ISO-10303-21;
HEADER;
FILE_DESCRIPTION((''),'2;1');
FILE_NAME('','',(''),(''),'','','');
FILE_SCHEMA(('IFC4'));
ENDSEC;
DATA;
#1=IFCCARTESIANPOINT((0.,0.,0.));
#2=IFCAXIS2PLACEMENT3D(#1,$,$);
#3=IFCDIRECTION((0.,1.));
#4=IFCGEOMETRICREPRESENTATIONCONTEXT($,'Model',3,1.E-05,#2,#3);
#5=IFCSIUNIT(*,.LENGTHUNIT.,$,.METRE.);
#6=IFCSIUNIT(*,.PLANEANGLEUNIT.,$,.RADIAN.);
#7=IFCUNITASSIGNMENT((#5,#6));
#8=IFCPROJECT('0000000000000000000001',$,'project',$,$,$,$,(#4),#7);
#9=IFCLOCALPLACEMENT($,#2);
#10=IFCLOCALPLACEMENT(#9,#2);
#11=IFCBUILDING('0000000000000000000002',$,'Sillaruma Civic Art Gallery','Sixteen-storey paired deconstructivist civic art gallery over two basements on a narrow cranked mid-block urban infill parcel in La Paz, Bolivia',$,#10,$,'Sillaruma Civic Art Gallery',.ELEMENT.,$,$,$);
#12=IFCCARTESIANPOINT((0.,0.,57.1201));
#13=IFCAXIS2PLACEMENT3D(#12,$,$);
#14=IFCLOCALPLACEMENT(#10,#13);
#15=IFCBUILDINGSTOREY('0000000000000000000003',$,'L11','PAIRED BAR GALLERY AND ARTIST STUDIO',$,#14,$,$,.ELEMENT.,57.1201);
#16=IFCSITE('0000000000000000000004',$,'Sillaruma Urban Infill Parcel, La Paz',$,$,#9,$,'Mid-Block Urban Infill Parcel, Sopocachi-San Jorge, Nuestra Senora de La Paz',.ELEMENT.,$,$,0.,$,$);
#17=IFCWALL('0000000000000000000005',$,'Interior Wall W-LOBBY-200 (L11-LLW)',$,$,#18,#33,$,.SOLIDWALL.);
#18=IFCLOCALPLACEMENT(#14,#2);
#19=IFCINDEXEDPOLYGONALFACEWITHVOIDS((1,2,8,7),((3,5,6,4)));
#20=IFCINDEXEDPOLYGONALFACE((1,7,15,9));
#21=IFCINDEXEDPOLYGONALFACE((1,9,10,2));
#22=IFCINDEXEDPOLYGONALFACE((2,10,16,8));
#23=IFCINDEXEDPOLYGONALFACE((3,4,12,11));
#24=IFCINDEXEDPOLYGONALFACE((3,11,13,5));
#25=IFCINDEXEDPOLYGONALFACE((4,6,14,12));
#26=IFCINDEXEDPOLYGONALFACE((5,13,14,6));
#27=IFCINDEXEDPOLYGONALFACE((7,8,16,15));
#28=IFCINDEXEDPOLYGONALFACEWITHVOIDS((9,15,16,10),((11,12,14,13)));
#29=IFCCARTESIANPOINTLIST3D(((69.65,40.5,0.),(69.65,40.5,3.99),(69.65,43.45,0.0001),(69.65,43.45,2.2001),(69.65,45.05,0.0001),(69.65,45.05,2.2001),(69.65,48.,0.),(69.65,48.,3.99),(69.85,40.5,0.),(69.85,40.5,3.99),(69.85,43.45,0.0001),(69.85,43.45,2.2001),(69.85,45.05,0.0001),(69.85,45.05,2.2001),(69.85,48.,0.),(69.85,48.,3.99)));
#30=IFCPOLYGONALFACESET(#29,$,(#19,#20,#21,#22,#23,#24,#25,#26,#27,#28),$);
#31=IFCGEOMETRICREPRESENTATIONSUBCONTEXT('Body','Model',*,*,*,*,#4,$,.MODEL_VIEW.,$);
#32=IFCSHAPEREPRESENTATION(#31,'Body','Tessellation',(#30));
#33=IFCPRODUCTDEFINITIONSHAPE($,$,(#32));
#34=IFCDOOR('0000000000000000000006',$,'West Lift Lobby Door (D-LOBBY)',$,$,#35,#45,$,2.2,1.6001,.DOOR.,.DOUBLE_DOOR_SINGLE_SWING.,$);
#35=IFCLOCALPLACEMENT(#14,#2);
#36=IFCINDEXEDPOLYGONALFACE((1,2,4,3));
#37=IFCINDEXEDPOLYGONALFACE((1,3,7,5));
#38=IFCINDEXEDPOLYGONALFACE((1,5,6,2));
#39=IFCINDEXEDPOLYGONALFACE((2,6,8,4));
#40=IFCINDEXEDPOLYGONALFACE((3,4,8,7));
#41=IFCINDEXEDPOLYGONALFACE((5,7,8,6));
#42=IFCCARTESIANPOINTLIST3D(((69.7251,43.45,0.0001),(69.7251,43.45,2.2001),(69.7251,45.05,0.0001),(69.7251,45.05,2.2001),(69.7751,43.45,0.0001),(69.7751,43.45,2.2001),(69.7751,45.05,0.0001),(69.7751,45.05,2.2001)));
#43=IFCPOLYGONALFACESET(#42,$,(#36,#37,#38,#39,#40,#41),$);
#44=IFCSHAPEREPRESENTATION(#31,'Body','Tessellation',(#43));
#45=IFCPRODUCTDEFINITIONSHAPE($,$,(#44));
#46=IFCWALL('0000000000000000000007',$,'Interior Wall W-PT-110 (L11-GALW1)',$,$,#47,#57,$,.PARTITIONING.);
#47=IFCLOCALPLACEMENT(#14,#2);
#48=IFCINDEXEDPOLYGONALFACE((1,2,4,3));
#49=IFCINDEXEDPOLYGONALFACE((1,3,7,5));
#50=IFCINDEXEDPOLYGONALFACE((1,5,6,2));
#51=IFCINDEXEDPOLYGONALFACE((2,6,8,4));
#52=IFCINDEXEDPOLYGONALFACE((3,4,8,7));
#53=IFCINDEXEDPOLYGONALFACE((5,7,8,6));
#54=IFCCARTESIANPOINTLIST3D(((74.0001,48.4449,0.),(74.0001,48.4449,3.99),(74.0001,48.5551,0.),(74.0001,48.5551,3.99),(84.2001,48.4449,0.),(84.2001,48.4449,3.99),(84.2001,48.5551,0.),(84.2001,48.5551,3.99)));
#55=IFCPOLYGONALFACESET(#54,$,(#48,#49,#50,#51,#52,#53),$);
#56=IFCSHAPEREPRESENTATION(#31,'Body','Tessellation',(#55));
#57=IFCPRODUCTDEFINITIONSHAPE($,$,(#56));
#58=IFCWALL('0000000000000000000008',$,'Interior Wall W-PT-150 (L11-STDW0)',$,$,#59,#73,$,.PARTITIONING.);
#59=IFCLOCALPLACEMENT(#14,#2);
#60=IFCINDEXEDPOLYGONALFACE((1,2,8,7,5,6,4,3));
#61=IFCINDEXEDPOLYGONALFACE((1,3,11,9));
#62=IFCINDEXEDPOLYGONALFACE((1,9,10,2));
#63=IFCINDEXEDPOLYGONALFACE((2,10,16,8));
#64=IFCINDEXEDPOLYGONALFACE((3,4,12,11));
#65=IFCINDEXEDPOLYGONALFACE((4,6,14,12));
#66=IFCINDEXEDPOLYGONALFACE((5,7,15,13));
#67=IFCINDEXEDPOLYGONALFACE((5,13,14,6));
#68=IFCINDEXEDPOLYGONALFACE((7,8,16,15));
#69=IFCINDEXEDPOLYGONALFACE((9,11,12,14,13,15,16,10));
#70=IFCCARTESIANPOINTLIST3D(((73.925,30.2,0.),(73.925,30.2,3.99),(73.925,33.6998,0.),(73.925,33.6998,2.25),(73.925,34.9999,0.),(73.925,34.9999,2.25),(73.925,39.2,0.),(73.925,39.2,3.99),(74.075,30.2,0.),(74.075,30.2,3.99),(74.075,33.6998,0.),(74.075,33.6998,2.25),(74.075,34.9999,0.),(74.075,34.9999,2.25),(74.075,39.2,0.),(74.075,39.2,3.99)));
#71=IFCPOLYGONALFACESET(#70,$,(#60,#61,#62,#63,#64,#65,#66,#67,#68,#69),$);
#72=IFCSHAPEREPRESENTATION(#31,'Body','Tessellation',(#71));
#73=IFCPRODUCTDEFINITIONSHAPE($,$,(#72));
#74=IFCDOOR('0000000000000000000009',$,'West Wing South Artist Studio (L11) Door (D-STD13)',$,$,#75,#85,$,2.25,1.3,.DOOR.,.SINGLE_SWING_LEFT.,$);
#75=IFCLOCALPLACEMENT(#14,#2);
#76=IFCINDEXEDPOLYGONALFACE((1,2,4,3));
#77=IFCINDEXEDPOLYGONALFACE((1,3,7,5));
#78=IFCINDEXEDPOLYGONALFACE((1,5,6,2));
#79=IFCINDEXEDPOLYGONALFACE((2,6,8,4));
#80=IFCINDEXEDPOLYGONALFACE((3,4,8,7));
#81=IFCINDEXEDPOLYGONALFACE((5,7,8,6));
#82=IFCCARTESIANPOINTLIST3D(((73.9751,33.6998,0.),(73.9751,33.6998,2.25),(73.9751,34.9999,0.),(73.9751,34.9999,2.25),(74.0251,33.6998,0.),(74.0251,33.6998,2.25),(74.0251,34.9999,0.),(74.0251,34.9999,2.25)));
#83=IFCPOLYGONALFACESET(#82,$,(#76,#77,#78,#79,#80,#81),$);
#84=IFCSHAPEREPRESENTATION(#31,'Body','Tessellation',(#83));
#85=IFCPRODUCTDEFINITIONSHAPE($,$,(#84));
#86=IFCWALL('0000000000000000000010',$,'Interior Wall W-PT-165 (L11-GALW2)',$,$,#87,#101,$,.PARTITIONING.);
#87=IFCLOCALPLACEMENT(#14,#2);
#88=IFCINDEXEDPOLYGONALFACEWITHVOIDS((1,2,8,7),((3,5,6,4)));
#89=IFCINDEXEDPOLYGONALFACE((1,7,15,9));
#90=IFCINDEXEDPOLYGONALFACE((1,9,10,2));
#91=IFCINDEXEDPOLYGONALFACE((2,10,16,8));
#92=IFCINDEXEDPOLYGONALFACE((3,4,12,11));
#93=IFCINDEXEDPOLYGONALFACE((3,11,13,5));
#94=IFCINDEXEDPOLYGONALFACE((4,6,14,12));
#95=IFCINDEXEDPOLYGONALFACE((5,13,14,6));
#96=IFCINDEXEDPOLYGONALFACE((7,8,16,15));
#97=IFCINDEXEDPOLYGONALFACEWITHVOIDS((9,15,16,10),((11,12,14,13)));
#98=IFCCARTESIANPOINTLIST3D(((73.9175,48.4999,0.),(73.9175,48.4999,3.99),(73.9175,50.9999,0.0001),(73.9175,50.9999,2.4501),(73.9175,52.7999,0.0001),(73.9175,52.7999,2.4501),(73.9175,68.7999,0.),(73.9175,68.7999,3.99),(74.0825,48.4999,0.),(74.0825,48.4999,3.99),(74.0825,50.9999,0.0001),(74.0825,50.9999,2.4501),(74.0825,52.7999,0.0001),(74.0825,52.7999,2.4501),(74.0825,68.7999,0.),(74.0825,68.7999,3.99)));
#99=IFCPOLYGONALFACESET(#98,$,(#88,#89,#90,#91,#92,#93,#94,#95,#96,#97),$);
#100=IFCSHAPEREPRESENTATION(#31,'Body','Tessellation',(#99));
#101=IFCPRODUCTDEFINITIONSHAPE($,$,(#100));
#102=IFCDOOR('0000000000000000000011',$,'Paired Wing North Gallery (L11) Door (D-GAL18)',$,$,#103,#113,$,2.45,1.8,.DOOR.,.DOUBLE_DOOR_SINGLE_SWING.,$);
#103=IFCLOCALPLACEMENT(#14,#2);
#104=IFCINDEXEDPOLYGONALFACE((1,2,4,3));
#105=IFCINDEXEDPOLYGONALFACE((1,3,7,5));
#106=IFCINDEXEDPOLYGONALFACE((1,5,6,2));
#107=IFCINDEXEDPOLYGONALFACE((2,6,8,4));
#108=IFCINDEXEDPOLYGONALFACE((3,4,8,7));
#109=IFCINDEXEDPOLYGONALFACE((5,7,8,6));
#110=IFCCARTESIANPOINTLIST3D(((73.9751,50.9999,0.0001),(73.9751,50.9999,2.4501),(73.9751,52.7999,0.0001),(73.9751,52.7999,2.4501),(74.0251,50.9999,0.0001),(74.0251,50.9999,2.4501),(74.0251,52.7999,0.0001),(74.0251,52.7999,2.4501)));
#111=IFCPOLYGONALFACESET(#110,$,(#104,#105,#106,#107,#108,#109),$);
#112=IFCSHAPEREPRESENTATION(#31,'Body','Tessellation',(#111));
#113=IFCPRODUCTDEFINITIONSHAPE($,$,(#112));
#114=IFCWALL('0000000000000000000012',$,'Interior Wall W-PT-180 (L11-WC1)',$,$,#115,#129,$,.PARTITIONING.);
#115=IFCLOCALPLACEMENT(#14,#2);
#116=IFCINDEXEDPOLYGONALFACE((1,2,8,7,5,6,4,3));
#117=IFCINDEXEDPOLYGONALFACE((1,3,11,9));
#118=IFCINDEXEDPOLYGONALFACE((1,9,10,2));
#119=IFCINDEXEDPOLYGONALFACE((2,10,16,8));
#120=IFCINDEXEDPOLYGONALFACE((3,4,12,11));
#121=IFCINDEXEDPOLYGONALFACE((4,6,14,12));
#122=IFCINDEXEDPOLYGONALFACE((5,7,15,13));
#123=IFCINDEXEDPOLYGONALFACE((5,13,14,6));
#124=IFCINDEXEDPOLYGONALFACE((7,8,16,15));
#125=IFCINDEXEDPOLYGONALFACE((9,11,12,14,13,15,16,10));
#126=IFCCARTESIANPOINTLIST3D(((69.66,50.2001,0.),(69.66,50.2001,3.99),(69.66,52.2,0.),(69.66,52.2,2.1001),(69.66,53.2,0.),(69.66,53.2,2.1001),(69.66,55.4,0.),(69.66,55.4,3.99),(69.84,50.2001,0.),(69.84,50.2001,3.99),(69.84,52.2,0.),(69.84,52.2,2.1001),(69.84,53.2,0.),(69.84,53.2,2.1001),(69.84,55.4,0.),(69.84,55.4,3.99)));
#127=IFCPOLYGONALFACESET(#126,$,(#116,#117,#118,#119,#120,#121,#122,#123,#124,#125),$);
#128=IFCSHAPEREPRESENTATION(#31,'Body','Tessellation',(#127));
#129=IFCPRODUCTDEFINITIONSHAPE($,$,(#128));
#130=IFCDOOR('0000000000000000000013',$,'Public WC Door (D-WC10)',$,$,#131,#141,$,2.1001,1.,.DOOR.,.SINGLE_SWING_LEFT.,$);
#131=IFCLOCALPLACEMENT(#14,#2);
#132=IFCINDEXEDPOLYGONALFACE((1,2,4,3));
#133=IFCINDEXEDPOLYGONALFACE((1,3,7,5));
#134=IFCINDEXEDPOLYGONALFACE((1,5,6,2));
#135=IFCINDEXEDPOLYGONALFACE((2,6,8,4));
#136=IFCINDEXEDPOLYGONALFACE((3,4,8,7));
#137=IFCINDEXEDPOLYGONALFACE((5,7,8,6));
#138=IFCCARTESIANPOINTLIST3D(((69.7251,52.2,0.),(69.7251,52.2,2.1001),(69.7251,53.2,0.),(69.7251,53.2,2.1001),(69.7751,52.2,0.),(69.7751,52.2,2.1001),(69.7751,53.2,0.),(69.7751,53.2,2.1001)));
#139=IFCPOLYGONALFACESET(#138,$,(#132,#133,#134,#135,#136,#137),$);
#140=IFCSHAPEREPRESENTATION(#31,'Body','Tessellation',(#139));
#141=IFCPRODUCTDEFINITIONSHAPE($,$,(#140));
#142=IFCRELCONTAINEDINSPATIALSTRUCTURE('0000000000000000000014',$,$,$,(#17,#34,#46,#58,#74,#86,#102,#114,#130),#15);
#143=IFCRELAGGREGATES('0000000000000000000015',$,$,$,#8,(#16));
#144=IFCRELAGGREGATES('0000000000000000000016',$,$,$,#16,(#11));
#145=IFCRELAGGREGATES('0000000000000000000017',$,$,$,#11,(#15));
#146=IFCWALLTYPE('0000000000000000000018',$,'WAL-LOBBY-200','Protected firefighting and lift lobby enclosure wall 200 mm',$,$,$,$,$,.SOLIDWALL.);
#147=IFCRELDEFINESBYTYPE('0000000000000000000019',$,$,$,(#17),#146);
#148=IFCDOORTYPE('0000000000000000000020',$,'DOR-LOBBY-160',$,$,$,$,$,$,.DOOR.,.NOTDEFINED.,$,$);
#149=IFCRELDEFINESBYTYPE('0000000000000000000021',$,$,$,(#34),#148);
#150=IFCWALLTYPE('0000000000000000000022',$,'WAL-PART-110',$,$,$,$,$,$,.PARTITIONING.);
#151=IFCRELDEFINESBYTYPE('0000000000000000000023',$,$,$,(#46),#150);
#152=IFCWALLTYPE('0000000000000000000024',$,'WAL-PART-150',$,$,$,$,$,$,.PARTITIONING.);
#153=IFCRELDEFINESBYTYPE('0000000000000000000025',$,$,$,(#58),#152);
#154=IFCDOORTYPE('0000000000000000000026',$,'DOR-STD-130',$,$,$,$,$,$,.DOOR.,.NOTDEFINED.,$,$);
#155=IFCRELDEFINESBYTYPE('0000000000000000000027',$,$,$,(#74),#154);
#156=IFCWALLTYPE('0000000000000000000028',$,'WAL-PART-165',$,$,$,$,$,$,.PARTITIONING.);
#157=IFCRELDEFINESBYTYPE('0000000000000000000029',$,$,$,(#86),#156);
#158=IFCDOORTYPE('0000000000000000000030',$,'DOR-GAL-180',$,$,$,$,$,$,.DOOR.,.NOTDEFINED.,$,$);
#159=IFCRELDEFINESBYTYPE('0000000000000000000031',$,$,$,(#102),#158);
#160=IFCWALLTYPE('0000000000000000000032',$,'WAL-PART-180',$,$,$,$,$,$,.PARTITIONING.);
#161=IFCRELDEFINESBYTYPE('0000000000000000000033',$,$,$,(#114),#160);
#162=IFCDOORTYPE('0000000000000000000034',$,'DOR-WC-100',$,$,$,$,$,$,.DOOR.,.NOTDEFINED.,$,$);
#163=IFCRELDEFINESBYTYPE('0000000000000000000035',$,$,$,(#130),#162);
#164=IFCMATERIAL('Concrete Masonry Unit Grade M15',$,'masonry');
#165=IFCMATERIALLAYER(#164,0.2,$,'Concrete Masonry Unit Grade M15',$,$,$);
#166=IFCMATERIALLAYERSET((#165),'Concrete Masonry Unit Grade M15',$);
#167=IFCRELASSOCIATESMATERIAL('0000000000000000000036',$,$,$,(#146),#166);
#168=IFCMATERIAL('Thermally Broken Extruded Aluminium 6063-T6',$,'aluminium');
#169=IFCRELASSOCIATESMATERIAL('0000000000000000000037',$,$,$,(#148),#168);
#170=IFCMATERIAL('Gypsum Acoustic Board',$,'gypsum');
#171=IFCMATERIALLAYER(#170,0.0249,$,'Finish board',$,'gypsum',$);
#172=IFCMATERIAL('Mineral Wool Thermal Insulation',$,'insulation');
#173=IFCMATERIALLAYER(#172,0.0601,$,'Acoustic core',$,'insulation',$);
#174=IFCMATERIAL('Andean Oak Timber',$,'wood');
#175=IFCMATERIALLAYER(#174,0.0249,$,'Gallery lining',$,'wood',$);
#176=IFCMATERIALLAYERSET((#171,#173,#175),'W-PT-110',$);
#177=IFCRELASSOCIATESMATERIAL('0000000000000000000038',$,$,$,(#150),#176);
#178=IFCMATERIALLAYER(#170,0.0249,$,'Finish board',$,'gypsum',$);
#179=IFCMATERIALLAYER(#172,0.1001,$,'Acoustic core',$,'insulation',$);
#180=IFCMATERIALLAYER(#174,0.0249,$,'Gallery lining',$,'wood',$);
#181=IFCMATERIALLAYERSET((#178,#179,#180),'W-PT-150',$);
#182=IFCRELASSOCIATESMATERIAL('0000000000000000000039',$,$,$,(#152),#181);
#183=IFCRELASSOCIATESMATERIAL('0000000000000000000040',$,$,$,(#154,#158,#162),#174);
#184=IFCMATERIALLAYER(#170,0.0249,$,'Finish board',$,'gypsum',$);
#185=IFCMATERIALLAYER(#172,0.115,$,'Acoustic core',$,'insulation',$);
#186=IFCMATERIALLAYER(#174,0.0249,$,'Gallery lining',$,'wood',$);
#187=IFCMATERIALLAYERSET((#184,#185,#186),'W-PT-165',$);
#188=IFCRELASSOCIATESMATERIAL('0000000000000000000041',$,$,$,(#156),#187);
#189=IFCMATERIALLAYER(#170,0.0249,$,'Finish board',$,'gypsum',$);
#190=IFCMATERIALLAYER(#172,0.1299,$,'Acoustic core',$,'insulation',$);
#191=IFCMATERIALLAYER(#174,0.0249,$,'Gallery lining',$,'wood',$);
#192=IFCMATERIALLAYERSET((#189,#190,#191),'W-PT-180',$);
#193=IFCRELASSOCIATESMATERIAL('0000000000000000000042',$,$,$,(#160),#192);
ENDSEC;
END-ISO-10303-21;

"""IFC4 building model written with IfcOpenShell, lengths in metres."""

from ifc_helpers import new_model, si_unit, direction, frame, frame_2d, origin, place, context, subcontext, project, spatial, rectangle, extrude, material, layer, layer_set, type_object, element, fill, save


model = new_model("IFC4")

# Units and contexts
model_context = context("Model", 3, precision=1e-05, world=origin(), true_north=direction((0.0, 1.0)))
body_context = subcontext(model_context, "Body", "Model", "MODEL_VIEW")
ifc_project = project(units=[si_unit("LENGTHUNIT", "METRE"), si_unit("PLANEANGLEUNIT", "RADIAN")], contexts=[model_context])

# Site, building, storey
site_placement = place(None, origin())
site = spatial("IfcSite", under=ifc_project, at=site_placement, Name="Sillaruma Urban Infill Parcel, La Paz", LongName="Mid-Block Urban Infill Parcel, Sopocachi-San Jorge, Nuestra Senora de La Paz", CompositionType="ELEMENT", RefElevation=0.0)
building_placement = place(site_placement, origin())
building = spatial("IfcBuilding", under=site, at=building_placement, Name="Sillaruma Civic Art Gallery", Description="Sixteen-storey paired deconstructivist civic art gallery over two basements on a narrow cranked mid-block urban infill parcel in La Paz, Bolivia", LongName="Sillaruma Civic Art Gallery", CompositionType="ELEMENT")
storey_placement = place(building_placement, frame((0.0, 0.0, 57.1201)))
storey = spatial("IfcBuildingStorey", under=building, at=storey_placement, Name="L11", Description="PAIRED BAR GALLERY AND ARTIST STUDIO", CompositionType="ELEMENT", Elevation=57.1201)

# Wall, opening, door
ifc_material_1 = material(Name="Concrete Masonry Unit Grade M15", Category="masonry")
ifc_layer_1 = layer(ifc_material_1, 0.2, Name="Concrete Masonry Unit Grade M15")
ifc_layer_set_1 = layer_set([ifc_layer_1], Name="Concrete Masonry Unit Grade M15")
wall_type_1 = type_object("IfcWallType", Name="WAL-LOBBY-200", Description="Protected firefighting and lift lobby enclosure wall 200 mm", PredefinedType="SOLIDWALL", material=ifc_layer_set_1)
wall_1_placement = place(storey_placement, frame((69.75, 40.5, 0.0), z_axis=(0.0, 0.0, 1.0), x_axis=(0.0, 1.0, 0.0)))
wall_1 = element("IfcWall", 1, at=wall_1_placement, inside=storey, type_object=wall_type_1, Name="Interior Wall W-LOBBY-200 (L11-LLW)", PredefinedType="SOLIDWALL", context=body_context, shape_type="SweptSolid", body=[
    extrude(rectangle(XDim=7.5, YDim=0.2, at=frame_2d((3.75, 0.0))), origin(), (0.0, 0.0, 1.0), 3.99),
])
opening_1_placement = place(wall_1_placement, frame((2.95, 0.0, 0.0)))
opening_1 = element("IfcOpeningElement", 2, at=opening_1_placement, cuts=wall_1, PredefinedType="OPENING", context=body_context, shape_type="SweptSolid", body=[
    extrude(rectangle(XDim=1.6001, YDim=2.2, at=frame_2d((0.8, 1.1001))), frame((0.0, 0.1099, 0.0), z_axis=(0.0, -1.0, 0.0), x_axis=(1.0, 0.0, 0.0)), (0.0, 0.0, 1.0), 0.22),
])
ifc_material_2 = material(Name="Thermally Broken Extruded Aluminium 6063-T6", Category="aluminium")
door_type_1 = type_object("IfcDoorType", Name="DOR-LOBBY-160", OperationType="NOTDEFINED", PredefinedType="DOOR", material=ifc_material_2)
door_1_placement = place(opening_1_placement, origin())
door_1 = element("IfcDoor", 3, at=door_1_placement, inside=storey, type_object=door_type_1, Name="West Lift Lobby Door (D-LOBBY)", OperationType="DOUBLE_DOOR_SINGLE_SWING", OverallHeight=2.2, OverallWidth=1.6001, PredefinedType="DOOR", context=body_context, shape_type="SweptSolid", body=[
    extrude(rectangle(XDim=1.6001, YDim=2.2, at=frame_2d((0.8, 1.1001))), frame((0.0, 0.0249, 0.0), z_axis=(0.0, -1.0, 0.0), x_axis=(1.0, 0.0, 0.0)), (0.0, 0.0, 1.0), 0.05),
])
fill(opening_1, door_1)

# Wall
ifc_material_3 = material(Name="Gypsum Acoustic Board", Category="gypsum")
ifc_layer_2 = layer(ifc_material_3, 0.0249, Name="Finish board", Category="gypsum")
ifc_material_4 = material(Name="Mineral Wool Thermal Insulation", Category="insulation")
ifc_layer_3 = layer(ifc_material_4, 0.0601, Name="Acoustic core", Category="insulation")
ifc_material_5 = material(Name="Andean Oak Timber", Category="wood")
ifc_layer_4 = layer(ifc_material_5, 0.0249, Name="Gallery lining", Category="wood")
ifc_layer_set_2 = layer_set([ifc_layer_2, ifc_layer_3, ifc_layer_4], Name="W-PT-110")
wall_type_2 = type_object("IfcWallType", Name="WAL-PART-110", PredefinedType="PARTITIONING", material=ifc_layer_set_2)
wall_2_placement = place(storey_placement, frame((74.0, 48.5, 0.0), z_axis=(0.0, 0.0, 1.0), x_axis=(1.0, 0.0, 0.0)))
element("IfcWall", 4, at=wall_2_placement, inside=storey, type_object=wall_type_2, Name="Interior Wall W-PT-110 (L11-GALW1)", PredefinedType="PARTITIONING", context=body_context, shape_type="SweptSolid", body=[
    extrude(rectangle(XDim=10.2, YDim=0.1101, at=frame_2d((5.1001, 0.0))), origin(), (0.0, 0.0, 1.0), 3.99),
])

# Walls, openings, doors
ifc_layer_5 = layer(ifc_material_3, 0.0249, Name="Finish board", Category="gypsum")
ifc_layer_6 = layer(ifc_material_4, 0.1001, Name="Acoustic core", Category="insulation")
ifc_layer_7 = layer(ifc_material_5, 0.0249, Name="Gallery lining", Category="wood")
ifc_layer_set_3 = layer_set([ifc_layer_5, ifc_layer_6, ifc_layer_7], Name="W-PT-150")
wall_type_3 = type_object("IfcWallType", Name="WAL-PART-150", PredefinedType="PARTITIONING", material=ifc_layer_set_3)
wall_3_placement = place(storey_placement, frame((74.0, 30.2, 0.0), z_axis=(0.0, 0.0, 1.0), x_axis=(0.0, 1.0, 0.0)))
wall_3 = element("IfcWall", 5, at=wall_3_placement, inside=storey, type_object=wall_type_3, Name="Interior Wall W-PT-150 (L11-STDW0)", PredefinedType="PARTITIONING", context=body_context, shape_type="SweptSolid", body=[
    extrude(rectangle(XDim=9.0, YDim=0.1499, at=frame_2d((4.5, 0.0))), origin(), (0.0, 0.0, 1.0), 3.99),
])
opening_2_placement = place(wall_3_placement, frame((3.5, 0.0, 0.0)))
opening_2 = element("IfcOpeningElement", 6, at=opening_2_placement, cuts=wall_3, PredefinedType="OPENING", context=body_context, shape_type="SweptSolid", body=[
    extrude(rectangle(XDim=1.3, YDim=2.25, at=frame_2d((0.6499, 1.125))), frame((0.0, 0.085, 0.0), z_axis=(0.0, -1.0, 0.0), x_axis=(1.0, 0.0, 0.0)), (0.0, 0.0, 1.0), 0.1699),
])
door_type_2 = type_object("IfcDoorType", Name="DOR-STD-130", OperationType="NOTDEFINED", PredefinedType="DOOR", material=ifc_material_5)
door_2_placement = place(opening_2_placement, origin())
door_2 = element("IfcDoor", 7, at=door_2_placement, inside=storey, type_object=door_type_2, Name="West Wing South Artist Studio (L11) Door (D-STD13)", OperationType="SINGLE_SWING_LEFT", OverallHeight=2.25, OverallWidth=1.3, PredefinedType="DOOR", context=body_context, shape_type="SweptSolid", body=[
    extrude(rectangle(XDim=1.3, YDim=2.25, at=frame_2d((0.6499, 1.125))), frame((0.0, 0.0249, 0.0), z_axis=(0.0, -1.0, 0.0), x_axis=(1.0, 0.0, 0.0)), (0.0, 0.0, 1.0), 0.05),
])
fill(opening_2, door_2)
ifc_layer_8 = layer(ifc_material_3, 0.0249, Name="Finish board", Category="gypsum")
ifc_layer_9 = layer(ifc_material_4, 0.115, Name="Acoustic core", Category="insulation")
ifc_layer_10 = layer(ifc_material_5, 0.0249, Name="Gallery lining", Category="wood")
ifc_layer_set_4 = layer_set([ifc_layer_8, ifc_layer_9, ifc_layer_10], Name="W-PT-165")
wall_type_4 = type_object("IfcWallType", Name="WAL-PART-165", PredefinedType="PARTITIONING", material=ifc_layer_set_4)
wall_4_placement = place(storey_placement, frame((74.0, 48.5, 0.0), z_axis=(0.0, 0.0, 1.0), x_axis=(0.0, 1.0, 0.0)))
wall_4 = element("IfcWall", 8, at=wall_4_placement, inside=storey, type_object=wall_type_4, Name="Interior Wall W-PT-165 (L11-GALW2)", PredefinedType="PARTITIONING", context=body_context, shape_type="SweptSolid", body=[
    extrude(rectangle(XDim=20.3, YDim=0.165, at=frame_2d((10.1499, 0.0))), origin(), (0.0, 0.0, 1.0), 3.99),
])
opening_3_placement = place(wall_4_placement, frame((2.5, 0.0, 0.0)))
opening_3 = element("IfcOpeningElement", 9, at=opening_3_placement, cuts=wall_4, PredefinedType="OPENING", context=body_context, shape_type="SweptSolid", body=[
    extrude(rectangle(XDim=1.8, YDim=2.45, at=frame_2d((0.8999, 1.2251))), frame((0.0, 0.0925, 0.0), z_axis=(0.0, -1.0, 0.0), x_axis=(1.0, 0.0, 0.0)), (0.0, 0.0, 1.0), 0.1851),
])
door_type_3 = type_object("IfcDoorType", Name="DOR-GAL-180", OperationType="NOTDEFINED", PredefinedType="DOOR", material=ifc_material_5)
door_3_placement = place(opening_3_placement, origin())
door_3 = element("IfcDoor", 10, at=door_3_placement, inside=storey, type_object=door_type_3, Name="Paired Wing North Gallery (L11) Door (D-GAL18)", OperationType="DOUBLE_DOOR_SINGLE_SWING", OverallHeight=2.45, OverallWidth=1.8, PredefinedType="DOOR", context=body_context, shape_type="SweptSolid", body=[
    extrude(rectangle(XDim=1.8, YDim=2.45, at=frame_2d((0.8999, 1.2251))), frame((0.0, 0.0249, 0.0), z_axis=(0.0, -1.0, 0.0), x_axis=(1.0, 0.0, 0.0)), (0.0, 0.0, 1.0), 0.05),
])
fill(opening_3, door_3)
ifc_layer_11 = layer(ifc_material_3, 0.0249, Name="Finish board", Category="gypsum")
ifc_layer_12 = layer(ifc_material_4, 0.1299, Name="Acoustic core", Category="insulation")
ifc_layer_13 = layer(ifc_material_5, 0.0249, Name="Gallery lining", Category="wood")
ifc_layer_set_5 = layer_set([ifc_layer_11, ifc_layer_12, ifc_layer_13], Name="W-PT-180")
wall_type_5 = type_object("IfcWallType", Name="WAL-PART-180", PredefinedType="PARTITIONING", material=ifc_layer_set_5)
wall_5_placement = place(storey_placement, frame((69.75, 50.2, 0.0), z_axis=(0.0, 0.0, 1.0), x_axis=(0.0, 1.0, 0.0)))
wall_5 = element("IfcWall", 11, at=wall_5_placement, inside=storey, type_object=wall_type_5, Name="Interior Wall W-PT-180 (L11-WC1)", PredefinedType="PARTITIONING", context=body_context, shape_type="SweptSolid", body=[
    extrude(rectangle(XDim=5.2, YDim=0.1799, at=frame_2d((2.6001, 0.0))), origin(), (0.0, 0.0, 1.0), 3.99),
])
opening_4_placement = place(wall_5_placement, frame((2.0, 0.0, 0.0)))
opening_4 = element("IfcOpeningElement", 12, at=opening_4_placement, cuts=wall_5, PredefinedType="OPENING", context=body_context, shape_type="SweptSolid", body=[
    extrude(rectangle(XDim=1.0, YDim=2.1001, at=frame_2d((0.5, 1.05))), frame((0.0, 0.0999, 0.0), z_axis=(0.0, -1.0, 0.0), x_axis=(1.0, 0.0, 0.0)), (0.0, 0.0, 1.0), 0.2),
])
door_type_4 = type_object("IfcDoorType", Name="DOR-WC-100", OperationType="NOTDEFINED", PredefinedType="DOOR", material=ifc_material_5)
door_4_placement = place(opening_4_placement, origin())
door_4 = element("IfcDoor", 13, at=door_4_placement, inside=storey, type_object=door_type_4, Name="Public WC Door (D-WC10)", OperationType="SINGLE_SWING_LEFT", OverallHeight=2.1001, OverallWidth=1.0, PredefinedType="DOOR", context=body_context, shape_type="SweptSolid", body=[
    extrude(rectangle(XDim=1.0, YDim=2.1001, at=frame_2d((0.5, 1.05))), frame((0.0, 0.0249, 0.0), z_axis=(0.0, -1.0, 0.0), x_axis=(1.0, 0.0, 0.0)), (0.0, 0.0, 1.0), 0.05),
])
fill(opening_4, door_4)

save(model, "model.ifc")
